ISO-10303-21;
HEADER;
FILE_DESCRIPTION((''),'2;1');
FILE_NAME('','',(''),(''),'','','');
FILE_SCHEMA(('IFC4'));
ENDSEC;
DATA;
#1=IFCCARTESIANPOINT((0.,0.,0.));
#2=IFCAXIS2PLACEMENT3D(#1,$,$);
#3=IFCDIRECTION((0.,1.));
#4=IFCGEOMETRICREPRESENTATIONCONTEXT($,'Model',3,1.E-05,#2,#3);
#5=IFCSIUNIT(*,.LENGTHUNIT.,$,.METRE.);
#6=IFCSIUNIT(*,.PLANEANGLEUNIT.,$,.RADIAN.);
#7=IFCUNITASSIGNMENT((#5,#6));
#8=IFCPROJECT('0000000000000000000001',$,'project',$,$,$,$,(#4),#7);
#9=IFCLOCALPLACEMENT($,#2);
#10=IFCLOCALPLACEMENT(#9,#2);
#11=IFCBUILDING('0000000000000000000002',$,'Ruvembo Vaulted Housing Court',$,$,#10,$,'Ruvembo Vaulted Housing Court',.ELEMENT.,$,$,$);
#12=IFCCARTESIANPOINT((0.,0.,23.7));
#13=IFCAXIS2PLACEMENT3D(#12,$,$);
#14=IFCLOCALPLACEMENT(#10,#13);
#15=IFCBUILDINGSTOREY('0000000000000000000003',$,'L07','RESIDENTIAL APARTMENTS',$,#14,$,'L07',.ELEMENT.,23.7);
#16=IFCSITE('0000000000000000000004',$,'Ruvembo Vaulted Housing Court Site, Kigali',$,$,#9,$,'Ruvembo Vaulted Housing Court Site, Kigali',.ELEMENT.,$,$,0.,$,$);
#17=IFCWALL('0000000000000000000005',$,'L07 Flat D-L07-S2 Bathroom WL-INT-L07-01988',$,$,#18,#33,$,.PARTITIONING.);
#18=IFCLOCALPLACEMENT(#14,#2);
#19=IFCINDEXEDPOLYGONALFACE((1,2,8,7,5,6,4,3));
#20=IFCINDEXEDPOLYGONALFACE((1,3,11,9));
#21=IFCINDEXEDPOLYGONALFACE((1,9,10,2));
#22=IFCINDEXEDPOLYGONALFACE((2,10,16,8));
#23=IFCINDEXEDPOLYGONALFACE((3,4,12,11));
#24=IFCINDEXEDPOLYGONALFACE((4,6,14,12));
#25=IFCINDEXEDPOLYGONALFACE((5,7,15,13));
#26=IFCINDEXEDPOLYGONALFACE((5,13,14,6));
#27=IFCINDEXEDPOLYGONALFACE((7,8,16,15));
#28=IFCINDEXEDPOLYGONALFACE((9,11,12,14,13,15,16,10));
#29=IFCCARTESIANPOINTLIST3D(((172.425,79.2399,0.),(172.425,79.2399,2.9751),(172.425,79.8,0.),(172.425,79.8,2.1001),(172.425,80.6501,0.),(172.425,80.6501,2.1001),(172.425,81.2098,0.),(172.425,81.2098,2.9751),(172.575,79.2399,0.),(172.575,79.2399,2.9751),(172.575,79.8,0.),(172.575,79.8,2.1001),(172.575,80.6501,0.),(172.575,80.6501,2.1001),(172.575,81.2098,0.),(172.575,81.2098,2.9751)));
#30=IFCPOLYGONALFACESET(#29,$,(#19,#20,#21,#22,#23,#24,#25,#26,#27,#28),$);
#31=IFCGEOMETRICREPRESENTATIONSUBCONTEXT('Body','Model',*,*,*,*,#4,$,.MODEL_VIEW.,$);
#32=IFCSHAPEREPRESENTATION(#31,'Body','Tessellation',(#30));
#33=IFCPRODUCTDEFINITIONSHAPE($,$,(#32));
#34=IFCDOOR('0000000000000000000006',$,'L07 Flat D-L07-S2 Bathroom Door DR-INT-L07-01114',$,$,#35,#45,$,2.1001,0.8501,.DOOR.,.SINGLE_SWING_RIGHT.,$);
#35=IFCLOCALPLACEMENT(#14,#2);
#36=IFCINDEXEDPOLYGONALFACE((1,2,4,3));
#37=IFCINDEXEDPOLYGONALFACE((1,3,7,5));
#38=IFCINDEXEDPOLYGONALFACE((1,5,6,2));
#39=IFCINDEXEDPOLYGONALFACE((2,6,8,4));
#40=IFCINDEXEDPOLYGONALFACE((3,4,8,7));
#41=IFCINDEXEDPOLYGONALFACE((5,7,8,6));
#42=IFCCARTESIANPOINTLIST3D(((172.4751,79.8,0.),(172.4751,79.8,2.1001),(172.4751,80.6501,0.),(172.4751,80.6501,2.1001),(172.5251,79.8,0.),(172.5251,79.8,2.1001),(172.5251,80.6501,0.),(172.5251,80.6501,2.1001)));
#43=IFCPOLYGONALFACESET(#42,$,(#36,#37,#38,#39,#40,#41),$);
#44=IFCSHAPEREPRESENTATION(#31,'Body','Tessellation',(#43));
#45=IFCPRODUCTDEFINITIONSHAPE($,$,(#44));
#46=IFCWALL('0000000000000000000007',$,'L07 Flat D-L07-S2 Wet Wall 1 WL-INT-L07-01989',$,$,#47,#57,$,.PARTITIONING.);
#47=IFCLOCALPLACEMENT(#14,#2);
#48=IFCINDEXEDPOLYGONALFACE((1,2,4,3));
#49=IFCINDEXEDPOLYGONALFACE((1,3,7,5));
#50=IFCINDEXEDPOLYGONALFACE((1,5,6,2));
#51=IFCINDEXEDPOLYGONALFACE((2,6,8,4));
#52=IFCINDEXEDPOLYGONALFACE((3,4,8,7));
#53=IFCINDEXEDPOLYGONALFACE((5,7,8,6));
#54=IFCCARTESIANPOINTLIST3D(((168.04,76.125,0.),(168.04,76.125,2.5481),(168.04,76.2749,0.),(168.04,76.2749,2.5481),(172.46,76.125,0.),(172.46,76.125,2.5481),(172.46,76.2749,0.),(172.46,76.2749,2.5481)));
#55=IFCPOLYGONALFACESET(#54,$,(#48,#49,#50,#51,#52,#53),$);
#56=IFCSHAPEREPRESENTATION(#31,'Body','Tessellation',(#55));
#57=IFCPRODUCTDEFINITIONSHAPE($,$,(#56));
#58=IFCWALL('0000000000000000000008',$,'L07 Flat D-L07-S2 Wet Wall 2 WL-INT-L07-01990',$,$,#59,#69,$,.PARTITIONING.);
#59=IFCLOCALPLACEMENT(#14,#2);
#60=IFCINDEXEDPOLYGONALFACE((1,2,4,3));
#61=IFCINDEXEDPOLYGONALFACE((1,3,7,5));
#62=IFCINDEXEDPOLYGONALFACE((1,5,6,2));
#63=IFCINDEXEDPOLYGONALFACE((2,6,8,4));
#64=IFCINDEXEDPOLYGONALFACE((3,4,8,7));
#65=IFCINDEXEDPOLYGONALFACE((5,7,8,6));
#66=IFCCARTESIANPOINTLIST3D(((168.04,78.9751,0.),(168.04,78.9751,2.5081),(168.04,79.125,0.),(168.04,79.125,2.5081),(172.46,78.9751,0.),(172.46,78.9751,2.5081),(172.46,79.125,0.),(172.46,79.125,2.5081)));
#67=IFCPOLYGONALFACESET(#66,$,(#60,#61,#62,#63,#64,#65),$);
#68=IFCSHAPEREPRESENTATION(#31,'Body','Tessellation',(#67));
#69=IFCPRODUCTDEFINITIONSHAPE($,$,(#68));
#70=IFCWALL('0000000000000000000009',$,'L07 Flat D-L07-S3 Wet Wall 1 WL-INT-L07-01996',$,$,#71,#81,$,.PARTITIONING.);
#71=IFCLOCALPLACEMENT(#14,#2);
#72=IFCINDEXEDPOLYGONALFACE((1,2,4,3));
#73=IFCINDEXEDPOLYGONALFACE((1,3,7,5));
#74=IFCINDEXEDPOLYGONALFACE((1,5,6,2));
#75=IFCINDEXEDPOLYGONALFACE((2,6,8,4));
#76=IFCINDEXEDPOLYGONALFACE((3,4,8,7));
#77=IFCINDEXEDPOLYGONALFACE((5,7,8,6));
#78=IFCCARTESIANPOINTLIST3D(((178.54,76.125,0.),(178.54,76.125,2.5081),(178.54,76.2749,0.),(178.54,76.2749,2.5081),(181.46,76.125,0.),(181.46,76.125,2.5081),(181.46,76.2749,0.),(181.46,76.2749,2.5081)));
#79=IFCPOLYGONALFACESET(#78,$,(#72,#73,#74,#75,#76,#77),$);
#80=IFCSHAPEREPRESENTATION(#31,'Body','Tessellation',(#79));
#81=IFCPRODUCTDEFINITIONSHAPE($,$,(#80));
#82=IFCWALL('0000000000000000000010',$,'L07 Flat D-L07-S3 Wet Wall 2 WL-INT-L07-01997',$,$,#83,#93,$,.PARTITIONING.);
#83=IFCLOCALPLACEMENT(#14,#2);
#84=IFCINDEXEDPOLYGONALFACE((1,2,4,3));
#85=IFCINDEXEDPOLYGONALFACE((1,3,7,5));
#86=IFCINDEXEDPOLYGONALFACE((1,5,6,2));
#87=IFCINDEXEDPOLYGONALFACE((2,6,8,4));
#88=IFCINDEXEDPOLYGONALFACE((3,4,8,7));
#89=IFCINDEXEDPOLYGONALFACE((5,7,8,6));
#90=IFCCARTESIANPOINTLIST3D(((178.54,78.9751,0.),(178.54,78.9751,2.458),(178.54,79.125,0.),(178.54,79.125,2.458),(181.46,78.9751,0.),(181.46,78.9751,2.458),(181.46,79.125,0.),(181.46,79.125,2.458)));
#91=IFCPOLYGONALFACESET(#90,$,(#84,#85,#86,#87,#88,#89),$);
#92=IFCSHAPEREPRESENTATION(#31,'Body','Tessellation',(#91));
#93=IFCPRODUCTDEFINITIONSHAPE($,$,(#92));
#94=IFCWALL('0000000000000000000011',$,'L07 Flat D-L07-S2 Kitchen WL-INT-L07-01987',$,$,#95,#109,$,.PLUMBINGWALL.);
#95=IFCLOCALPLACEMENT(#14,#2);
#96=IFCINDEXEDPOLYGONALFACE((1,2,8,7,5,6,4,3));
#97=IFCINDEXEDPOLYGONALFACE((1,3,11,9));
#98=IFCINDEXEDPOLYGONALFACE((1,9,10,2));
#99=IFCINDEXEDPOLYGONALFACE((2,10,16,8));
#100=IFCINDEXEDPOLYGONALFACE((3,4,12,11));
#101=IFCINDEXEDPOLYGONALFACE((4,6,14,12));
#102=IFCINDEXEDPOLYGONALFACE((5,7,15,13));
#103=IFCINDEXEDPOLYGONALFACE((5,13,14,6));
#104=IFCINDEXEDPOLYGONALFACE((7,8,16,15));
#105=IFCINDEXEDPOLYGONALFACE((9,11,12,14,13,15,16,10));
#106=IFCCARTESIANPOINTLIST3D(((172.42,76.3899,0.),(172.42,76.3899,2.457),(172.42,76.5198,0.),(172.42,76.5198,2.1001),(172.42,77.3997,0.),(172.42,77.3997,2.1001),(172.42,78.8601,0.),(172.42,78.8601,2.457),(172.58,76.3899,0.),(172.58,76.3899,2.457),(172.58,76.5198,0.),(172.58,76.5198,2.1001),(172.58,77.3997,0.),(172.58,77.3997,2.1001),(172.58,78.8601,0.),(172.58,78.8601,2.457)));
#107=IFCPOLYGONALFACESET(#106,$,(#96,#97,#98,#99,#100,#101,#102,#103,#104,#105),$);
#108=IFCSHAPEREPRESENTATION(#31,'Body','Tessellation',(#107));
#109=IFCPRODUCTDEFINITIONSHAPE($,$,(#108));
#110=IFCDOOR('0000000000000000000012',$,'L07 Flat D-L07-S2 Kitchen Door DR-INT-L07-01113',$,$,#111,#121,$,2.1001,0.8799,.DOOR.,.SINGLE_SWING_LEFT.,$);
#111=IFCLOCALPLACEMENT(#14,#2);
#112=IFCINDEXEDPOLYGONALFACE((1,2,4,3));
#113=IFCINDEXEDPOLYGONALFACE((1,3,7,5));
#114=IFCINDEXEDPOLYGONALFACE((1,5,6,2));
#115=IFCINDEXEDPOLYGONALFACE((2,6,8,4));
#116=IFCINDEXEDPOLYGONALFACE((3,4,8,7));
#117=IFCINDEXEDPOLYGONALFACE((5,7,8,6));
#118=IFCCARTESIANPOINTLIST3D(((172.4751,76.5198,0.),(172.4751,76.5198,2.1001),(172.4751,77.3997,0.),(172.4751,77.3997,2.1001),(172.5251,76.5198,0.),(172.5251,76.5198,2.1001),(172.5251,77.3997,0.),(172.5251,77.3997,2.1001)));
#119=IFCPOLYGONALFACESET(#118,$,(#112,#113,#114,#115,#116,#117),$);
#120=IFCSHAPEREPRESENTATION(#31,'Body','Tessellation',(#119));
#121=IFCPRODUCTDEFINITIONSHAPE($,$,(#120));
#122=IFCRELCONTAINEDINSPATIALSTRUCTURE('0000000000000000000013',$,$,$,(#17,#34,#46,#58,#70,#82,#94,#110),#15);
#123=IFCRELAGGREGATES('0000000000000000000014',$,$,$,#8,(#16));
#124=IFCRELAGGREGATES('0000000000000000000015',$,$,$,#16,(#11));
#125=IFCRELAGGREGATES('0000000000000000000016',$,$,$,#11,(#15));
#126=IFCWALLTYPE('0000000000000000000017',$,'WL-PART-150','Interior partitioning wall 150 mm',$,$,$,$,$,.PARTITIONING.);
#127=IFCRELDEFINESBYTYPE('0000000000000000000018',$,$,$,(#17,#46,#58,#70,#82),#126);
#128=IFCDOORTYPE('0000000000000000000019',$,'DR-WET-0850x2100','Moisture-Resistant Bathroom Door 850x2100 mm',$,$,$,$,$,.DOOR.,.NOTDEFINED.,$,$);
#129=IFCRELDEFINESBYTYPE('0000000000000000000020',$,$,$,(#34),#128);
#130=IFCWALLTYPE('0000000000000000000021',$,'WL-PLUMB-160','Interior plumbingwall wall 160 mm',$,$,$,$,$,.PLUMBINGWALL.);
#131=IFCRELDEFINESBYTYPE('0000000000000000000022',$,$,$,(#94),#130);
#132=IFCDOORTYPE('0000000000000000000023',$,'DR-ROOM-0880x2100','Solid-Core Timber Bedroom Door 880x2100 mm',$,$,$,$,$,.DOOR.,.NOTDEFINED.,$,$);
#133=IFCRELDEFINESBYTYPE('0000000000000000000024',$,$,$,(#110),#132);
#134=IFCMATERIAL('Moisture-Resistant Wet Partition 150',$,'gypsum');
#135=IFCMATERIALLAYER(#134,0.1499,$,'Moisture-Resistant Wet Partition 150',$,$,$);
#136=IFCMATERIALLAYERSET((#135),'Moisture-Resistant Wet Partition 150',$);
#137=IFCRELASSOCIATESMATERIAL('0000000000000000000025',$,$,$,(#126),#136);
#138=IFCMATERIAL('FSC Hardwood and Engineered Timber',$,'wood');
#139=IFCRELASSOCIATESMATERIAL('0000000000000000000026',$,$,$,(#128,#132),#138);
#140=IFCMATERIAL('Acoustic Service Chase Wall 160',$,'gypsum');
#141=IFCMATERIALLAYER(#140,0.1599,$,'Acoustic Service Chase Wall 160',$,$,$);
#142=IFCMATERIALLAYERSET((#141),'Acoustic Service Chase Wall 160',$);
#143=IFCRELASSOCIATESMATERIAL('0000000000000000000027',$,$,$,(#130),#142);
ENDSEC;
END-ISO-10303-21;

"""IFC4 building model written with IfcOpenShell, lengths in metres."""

from ifc_helpers import new_model, si_unit, direction, frame, frame_2d, origin, place, context, subcontext, project, spatial, rectangle, extrude, material, layer, layer_set, type_object, element, fill, save


model = new_model("IFC4")

# Units and contexts
model_context = context("Model", 3, precision=1e-05, world=origin(), true_north=direction((0.0, 1.0)))
body_context = subcontext(model_context, "Body", "Model", "MODEL_VIEW")
ifc_project = project(units=[si_unit("LENGTHUNIT", "METRE"), si_unit("PLANEANGLEUNIT", "RADIAN")], contexts=[model_context])

# Site, building, storey
site_placement = place(None, origin())
site = spatial("IfcSite", under=ifc_project, at=site_placement, Name="Ruvembo Vaulted Housing Court Site, Kigali", LongName="Ruvembo Vaulted Housing Court Site, Kigali", CompositionType="ELEMENT", RefElevation=0.0)
building_placement = place(site_placement, origin())
building = spatial("IfcBuilding", under=site, at=building_placement, Name="Ruvembo Vaulted Housing Court", LongName="Ruvembo Vaulted Housing Court", CompositionType="ELEMENT")
storey_placement = place(building_placement, frame((0.0, 0.0, 23.7)))
storey = spatial("IfcBuildingStorey", under=building, at=storey_placement, Name="L07", Description="RESIDENTIAL APARTMENTS", LongName="L07", CompositionType="ELEMENT", Elevation=23.7)

# Shared definitions
ifc_material_1 = material(Name="FSC Hardwood and Engineered Timber", Category="wood")

# Wall, opening, door
ifc_material_2 = material(Name="Moisture-Resistant Wet Partition 150", Category="gypsum")
ifc_layer_1 = layer(ifc_material_2, 0.1499, Name="Moisture-Resistant Wet Partition 150")
ifc_layer_set_1 = layer_set([ifc_layer_1], Name="Moisture-Resistant Wet Partition 150")
wall_type_1 = type_object("IfcWallType", Name="WL-PART-150", Description="Interior partitioning wall 150 mm", PredefinedType="PARTITIONING", material=ifc_layer_set_1)
wall_1_placement = place(storey_placement, frame((172.5, 79.24, 0.0), z_axis=(0.0, 0.0, 1.0), x_axis=(0.0, 1.0, 0.0)))
wall_1 = element("IfcWall", 1, at=wall_1_placement, inside=storey, type_object=wall_type_1, Name="L07 Flat D-L07-S2 Bathroom WL-INT-L07-01988", PredefinedType="PARTITIONING", context=body_context, shape_type="SweptSolid", body=[
    extrude(rectangle(XDim=1.97, YDim=0.1499, at=frame_2d((0.9849, 0.0))), origin(), (0.0, 0.0, 1.0), 2.9751),
])
opening_1_placement = place(wall_1_placement, frame((0.5601, 0.0, 0.0)))
opening_1 = element("IfcOpeningElement", 2, at=opening_1_placement, cuts=wall_1, PredefinedType="OPENING", context=body_context, shape_type="SweptSolid", body=[
    extrude(rectangle(XDim=0.8501, YDim=2.1001, at=frame_2d((0.425, 1.05))), frame((0.0, 0.085, 0.0), z_axis=(0.0, -1.0, 0.0), x_axis=(1.0, 0.0, 0.0)), (0.0, 0.0, 1.0), 0.1699),
])
door_type_1 = type_object("IfcDoorType", Name="DR-WET-0850x2100", Description="Moisture-Resistant Bathroom Door 850x2100 mm", OperationType="NOTDEFINED", PredefinedType="DOOR", material=ifc_material_1)
door_1_placement = place(opening_1_placement, origin())
door_1 = element("IfcDoor", 3, at=door_1_placement, inside=storey, type_object=door_type_1, Name="L07 Flat D-L07-S2 Bathroom Door DR-INT-L07-01114", OperationType="SINGLE_SWING_RIGHT", OverallHeight=2.1001, OverallWidth=0.8501, PredefinedType="DOOR", context=body_context, shape_type="SweptSolid", body=[
    extrude(rectangle(XDim=0.8501, YDim=2.1001, at=frame_2d((0.425, 1.05))), frame((0.0, 0.0249, 0.0), z_axis=(0.0, -1.0, 0.0), x_axis=(1.0, 0.0, 0.0)), (0.0, 0.0, 1.0), 0.05),
])
fill(opening_1, door_1)

# Walls
wall_2_placement = place(storey_placement, frame((168.04, 76.2, 0.0), z_axis=(0.0, 0.0, 1.0), x_axis=(1.0, 0.0, 0.0)))
element("IfcWall", 4, at=wall_2_placement, inside=storey, type_object=wall_type_1, Name="L07 Flat D-L07-S2 Wet Wall 1 WL-INT-L07-01989", PredefinedType="PARTITIONING", context=body_context, shape_type="SweptSolid", body=[
    extrude(rectangle(XDim=4.4199, YDim=0.1499, at=frame_2d((2.21, 0.0))), origin(), (0.0, 0.0, 1.0), 2.5481),
])
wall_3_placement = place(storey_placement, frame((168.04, 79.05, 0.0), z_axis=(0.0, 0.0, 1.0), x_axis=(1.0, 0.0, 0.0)))
element("IfcWall", 5, at=wall_3_placement, inside=storey, type_object=wall_type_1, Name="L07 Flat D-L07-S2 Wet Wall 2 WL-INT-L07-01990", PredefinedType="PARTITIONING", context=body_context, shape_type="SweptSolid", body=[
    extrude(rectangle(XDim=4.4199, YDim=0.1499, at=frame_2d((2.21, 0.0))), origin(), (0.0, 0.0, 1.0), 2.5081),
])
wall_4_placement = place(storey_placement, frame((178.54, 76.2, 0.0), z_axis=(0.0, 0.0, 1.0), x_axis=(1.0, 0.0, 0.0)))
element("IfcWall", 6, at=wall_4_placement, inside=storey, type_object=wall_type_1, Name="L07 Flat D-L07-S3 Wet Wall 1 WL-INT-L07-01996", PredefinedType="PARTITIONING", context=body_context, shape_type="SweptSolid", body=[
    extrude(rectangle(XDim=2.9199, YDim=0.1499, at=frame_2d((1.46, 0.0))), origin(), (0.0, 0.0, 1.0), 2.5081),
])
wall_5_placement = place(storey_placement, frame((178.54, 79.05, 0.0), z_axis=(0.0, 0.0, 1.0), x_axis=(1.0, 0.0, 0.0)))
element("IfcWall", 7, at=wall_5_placement, inside=storey, type_object=wall_type_1, Name="L07 Flat D-L07-S3 Wet Wall 2 WL-INT-L07-01997", PredefinedType="PARTITIONING", context=body_context, shape_type="SweptSolid", body=[
    extrude(rectangle(XDim=2.9199, YDim=0.1499, at=frame_2d((1.46, 0.0))), origin(), (0.0, 0.0, 1.0), 2.458),
])

# Wall, opening, door
ifc_material_3 = material(Name="Acoustic Service Chase Wall 160", Category="gypsum")
ifc_layer_2 = layer(ifc_material_3, 0.1599, Name="Acoustic Service Chase Wall 160")
ifc_layer_set_2 = layer_set([ifc_layer_2], Name="Acoustic Service Chase Wall 160")
wall_type_2 = type_object("IfcWallType", Name="WL-PLUMB-160", Description="Interior plumbingwall wall 160 mm", PredefinedType="PLUMBINGWALL", material=ifc_layer_set_2)
wall_6_placement = place(storey_placement, frame((172.5, 76.3899, 0.0), z_axis=(0.0, 0.0, 1.0), x_axis=(0.0, 1.0, 0.0)))
wall_6 = element("IfcWall", 8, at=wall_6_placement, inside=storey, type_object=wall_type_2, Name="L07 Flat D-L07-S2 Kitchen WL-INT-L07-01987", PredefinedType="PLUMBINGWALL", context=body_context, shape_type="SweptSolid", body=[
    extrude(rectangle(XDim=2.4702, YDim=0.1599, at=frame_2d((1.2351, 0.0))), origin(), (0.0, 0.0, 1.0), 2.457),
])
opening_2_placement = place(wall_6_placement, frame((0.1299, 0.0, 0.0)))
opening_2 = element("IfcOpeningElement", 9, at=opening_2_placement, cuts=wall_6, PredefinedType="OPENING", context=body_context, shape_type="SweptSolid", body=[
    extrude(rectangle(XDim=0.8799, YDim=2.1001, at=frame_2d((0.4399, 1.05))), frame((0.0, 0.0898, 0.0), z_axis=(0.0, -1.0, 0.0), x_axis=(1.0, 0.0, 0.0)), (0.0, 0.0, 1.0), 0.1799),
])
door_type_2 = type_object("IfcDoorType", Name="DR-ROOM-0880x2100", Description="Solid-Core Timber Bedroom Door 880x2100 mm", OperationType="NOTDEFINED", PredefinedType="DOOR", material=ifc_material_1)
door_2_placement = place(opening_2_placement, origin())
door_2 = element("IfcDoor", 10, at=door_2_placement, inside=storey, type_object=door_type_2, Name="L07 Flat D-L07-S2 Kitchen Door DR-INT-L07-01113", OperationType="SINGLE_SWING_LEFT", OverallHeight=2.1001, OverallWidth=0.8799, PredefinedType="DOOR", context=body_context, shape_type="SweptSolid", body=[
    extrude(rectangle(XDim=0.8799, YDim=2.1001, at=frame_2d((0.4399, 1.05))), frame((0.0, 0.0249, 0.0), z_axis=(0.0, -1.0, 0.0), x_axis=(1.0, 0.0, 0.0)), (0.0, 0.0, 1.0), 0.05),
])
fill(opening_2, door_2)

save(model, "model.ifc")
